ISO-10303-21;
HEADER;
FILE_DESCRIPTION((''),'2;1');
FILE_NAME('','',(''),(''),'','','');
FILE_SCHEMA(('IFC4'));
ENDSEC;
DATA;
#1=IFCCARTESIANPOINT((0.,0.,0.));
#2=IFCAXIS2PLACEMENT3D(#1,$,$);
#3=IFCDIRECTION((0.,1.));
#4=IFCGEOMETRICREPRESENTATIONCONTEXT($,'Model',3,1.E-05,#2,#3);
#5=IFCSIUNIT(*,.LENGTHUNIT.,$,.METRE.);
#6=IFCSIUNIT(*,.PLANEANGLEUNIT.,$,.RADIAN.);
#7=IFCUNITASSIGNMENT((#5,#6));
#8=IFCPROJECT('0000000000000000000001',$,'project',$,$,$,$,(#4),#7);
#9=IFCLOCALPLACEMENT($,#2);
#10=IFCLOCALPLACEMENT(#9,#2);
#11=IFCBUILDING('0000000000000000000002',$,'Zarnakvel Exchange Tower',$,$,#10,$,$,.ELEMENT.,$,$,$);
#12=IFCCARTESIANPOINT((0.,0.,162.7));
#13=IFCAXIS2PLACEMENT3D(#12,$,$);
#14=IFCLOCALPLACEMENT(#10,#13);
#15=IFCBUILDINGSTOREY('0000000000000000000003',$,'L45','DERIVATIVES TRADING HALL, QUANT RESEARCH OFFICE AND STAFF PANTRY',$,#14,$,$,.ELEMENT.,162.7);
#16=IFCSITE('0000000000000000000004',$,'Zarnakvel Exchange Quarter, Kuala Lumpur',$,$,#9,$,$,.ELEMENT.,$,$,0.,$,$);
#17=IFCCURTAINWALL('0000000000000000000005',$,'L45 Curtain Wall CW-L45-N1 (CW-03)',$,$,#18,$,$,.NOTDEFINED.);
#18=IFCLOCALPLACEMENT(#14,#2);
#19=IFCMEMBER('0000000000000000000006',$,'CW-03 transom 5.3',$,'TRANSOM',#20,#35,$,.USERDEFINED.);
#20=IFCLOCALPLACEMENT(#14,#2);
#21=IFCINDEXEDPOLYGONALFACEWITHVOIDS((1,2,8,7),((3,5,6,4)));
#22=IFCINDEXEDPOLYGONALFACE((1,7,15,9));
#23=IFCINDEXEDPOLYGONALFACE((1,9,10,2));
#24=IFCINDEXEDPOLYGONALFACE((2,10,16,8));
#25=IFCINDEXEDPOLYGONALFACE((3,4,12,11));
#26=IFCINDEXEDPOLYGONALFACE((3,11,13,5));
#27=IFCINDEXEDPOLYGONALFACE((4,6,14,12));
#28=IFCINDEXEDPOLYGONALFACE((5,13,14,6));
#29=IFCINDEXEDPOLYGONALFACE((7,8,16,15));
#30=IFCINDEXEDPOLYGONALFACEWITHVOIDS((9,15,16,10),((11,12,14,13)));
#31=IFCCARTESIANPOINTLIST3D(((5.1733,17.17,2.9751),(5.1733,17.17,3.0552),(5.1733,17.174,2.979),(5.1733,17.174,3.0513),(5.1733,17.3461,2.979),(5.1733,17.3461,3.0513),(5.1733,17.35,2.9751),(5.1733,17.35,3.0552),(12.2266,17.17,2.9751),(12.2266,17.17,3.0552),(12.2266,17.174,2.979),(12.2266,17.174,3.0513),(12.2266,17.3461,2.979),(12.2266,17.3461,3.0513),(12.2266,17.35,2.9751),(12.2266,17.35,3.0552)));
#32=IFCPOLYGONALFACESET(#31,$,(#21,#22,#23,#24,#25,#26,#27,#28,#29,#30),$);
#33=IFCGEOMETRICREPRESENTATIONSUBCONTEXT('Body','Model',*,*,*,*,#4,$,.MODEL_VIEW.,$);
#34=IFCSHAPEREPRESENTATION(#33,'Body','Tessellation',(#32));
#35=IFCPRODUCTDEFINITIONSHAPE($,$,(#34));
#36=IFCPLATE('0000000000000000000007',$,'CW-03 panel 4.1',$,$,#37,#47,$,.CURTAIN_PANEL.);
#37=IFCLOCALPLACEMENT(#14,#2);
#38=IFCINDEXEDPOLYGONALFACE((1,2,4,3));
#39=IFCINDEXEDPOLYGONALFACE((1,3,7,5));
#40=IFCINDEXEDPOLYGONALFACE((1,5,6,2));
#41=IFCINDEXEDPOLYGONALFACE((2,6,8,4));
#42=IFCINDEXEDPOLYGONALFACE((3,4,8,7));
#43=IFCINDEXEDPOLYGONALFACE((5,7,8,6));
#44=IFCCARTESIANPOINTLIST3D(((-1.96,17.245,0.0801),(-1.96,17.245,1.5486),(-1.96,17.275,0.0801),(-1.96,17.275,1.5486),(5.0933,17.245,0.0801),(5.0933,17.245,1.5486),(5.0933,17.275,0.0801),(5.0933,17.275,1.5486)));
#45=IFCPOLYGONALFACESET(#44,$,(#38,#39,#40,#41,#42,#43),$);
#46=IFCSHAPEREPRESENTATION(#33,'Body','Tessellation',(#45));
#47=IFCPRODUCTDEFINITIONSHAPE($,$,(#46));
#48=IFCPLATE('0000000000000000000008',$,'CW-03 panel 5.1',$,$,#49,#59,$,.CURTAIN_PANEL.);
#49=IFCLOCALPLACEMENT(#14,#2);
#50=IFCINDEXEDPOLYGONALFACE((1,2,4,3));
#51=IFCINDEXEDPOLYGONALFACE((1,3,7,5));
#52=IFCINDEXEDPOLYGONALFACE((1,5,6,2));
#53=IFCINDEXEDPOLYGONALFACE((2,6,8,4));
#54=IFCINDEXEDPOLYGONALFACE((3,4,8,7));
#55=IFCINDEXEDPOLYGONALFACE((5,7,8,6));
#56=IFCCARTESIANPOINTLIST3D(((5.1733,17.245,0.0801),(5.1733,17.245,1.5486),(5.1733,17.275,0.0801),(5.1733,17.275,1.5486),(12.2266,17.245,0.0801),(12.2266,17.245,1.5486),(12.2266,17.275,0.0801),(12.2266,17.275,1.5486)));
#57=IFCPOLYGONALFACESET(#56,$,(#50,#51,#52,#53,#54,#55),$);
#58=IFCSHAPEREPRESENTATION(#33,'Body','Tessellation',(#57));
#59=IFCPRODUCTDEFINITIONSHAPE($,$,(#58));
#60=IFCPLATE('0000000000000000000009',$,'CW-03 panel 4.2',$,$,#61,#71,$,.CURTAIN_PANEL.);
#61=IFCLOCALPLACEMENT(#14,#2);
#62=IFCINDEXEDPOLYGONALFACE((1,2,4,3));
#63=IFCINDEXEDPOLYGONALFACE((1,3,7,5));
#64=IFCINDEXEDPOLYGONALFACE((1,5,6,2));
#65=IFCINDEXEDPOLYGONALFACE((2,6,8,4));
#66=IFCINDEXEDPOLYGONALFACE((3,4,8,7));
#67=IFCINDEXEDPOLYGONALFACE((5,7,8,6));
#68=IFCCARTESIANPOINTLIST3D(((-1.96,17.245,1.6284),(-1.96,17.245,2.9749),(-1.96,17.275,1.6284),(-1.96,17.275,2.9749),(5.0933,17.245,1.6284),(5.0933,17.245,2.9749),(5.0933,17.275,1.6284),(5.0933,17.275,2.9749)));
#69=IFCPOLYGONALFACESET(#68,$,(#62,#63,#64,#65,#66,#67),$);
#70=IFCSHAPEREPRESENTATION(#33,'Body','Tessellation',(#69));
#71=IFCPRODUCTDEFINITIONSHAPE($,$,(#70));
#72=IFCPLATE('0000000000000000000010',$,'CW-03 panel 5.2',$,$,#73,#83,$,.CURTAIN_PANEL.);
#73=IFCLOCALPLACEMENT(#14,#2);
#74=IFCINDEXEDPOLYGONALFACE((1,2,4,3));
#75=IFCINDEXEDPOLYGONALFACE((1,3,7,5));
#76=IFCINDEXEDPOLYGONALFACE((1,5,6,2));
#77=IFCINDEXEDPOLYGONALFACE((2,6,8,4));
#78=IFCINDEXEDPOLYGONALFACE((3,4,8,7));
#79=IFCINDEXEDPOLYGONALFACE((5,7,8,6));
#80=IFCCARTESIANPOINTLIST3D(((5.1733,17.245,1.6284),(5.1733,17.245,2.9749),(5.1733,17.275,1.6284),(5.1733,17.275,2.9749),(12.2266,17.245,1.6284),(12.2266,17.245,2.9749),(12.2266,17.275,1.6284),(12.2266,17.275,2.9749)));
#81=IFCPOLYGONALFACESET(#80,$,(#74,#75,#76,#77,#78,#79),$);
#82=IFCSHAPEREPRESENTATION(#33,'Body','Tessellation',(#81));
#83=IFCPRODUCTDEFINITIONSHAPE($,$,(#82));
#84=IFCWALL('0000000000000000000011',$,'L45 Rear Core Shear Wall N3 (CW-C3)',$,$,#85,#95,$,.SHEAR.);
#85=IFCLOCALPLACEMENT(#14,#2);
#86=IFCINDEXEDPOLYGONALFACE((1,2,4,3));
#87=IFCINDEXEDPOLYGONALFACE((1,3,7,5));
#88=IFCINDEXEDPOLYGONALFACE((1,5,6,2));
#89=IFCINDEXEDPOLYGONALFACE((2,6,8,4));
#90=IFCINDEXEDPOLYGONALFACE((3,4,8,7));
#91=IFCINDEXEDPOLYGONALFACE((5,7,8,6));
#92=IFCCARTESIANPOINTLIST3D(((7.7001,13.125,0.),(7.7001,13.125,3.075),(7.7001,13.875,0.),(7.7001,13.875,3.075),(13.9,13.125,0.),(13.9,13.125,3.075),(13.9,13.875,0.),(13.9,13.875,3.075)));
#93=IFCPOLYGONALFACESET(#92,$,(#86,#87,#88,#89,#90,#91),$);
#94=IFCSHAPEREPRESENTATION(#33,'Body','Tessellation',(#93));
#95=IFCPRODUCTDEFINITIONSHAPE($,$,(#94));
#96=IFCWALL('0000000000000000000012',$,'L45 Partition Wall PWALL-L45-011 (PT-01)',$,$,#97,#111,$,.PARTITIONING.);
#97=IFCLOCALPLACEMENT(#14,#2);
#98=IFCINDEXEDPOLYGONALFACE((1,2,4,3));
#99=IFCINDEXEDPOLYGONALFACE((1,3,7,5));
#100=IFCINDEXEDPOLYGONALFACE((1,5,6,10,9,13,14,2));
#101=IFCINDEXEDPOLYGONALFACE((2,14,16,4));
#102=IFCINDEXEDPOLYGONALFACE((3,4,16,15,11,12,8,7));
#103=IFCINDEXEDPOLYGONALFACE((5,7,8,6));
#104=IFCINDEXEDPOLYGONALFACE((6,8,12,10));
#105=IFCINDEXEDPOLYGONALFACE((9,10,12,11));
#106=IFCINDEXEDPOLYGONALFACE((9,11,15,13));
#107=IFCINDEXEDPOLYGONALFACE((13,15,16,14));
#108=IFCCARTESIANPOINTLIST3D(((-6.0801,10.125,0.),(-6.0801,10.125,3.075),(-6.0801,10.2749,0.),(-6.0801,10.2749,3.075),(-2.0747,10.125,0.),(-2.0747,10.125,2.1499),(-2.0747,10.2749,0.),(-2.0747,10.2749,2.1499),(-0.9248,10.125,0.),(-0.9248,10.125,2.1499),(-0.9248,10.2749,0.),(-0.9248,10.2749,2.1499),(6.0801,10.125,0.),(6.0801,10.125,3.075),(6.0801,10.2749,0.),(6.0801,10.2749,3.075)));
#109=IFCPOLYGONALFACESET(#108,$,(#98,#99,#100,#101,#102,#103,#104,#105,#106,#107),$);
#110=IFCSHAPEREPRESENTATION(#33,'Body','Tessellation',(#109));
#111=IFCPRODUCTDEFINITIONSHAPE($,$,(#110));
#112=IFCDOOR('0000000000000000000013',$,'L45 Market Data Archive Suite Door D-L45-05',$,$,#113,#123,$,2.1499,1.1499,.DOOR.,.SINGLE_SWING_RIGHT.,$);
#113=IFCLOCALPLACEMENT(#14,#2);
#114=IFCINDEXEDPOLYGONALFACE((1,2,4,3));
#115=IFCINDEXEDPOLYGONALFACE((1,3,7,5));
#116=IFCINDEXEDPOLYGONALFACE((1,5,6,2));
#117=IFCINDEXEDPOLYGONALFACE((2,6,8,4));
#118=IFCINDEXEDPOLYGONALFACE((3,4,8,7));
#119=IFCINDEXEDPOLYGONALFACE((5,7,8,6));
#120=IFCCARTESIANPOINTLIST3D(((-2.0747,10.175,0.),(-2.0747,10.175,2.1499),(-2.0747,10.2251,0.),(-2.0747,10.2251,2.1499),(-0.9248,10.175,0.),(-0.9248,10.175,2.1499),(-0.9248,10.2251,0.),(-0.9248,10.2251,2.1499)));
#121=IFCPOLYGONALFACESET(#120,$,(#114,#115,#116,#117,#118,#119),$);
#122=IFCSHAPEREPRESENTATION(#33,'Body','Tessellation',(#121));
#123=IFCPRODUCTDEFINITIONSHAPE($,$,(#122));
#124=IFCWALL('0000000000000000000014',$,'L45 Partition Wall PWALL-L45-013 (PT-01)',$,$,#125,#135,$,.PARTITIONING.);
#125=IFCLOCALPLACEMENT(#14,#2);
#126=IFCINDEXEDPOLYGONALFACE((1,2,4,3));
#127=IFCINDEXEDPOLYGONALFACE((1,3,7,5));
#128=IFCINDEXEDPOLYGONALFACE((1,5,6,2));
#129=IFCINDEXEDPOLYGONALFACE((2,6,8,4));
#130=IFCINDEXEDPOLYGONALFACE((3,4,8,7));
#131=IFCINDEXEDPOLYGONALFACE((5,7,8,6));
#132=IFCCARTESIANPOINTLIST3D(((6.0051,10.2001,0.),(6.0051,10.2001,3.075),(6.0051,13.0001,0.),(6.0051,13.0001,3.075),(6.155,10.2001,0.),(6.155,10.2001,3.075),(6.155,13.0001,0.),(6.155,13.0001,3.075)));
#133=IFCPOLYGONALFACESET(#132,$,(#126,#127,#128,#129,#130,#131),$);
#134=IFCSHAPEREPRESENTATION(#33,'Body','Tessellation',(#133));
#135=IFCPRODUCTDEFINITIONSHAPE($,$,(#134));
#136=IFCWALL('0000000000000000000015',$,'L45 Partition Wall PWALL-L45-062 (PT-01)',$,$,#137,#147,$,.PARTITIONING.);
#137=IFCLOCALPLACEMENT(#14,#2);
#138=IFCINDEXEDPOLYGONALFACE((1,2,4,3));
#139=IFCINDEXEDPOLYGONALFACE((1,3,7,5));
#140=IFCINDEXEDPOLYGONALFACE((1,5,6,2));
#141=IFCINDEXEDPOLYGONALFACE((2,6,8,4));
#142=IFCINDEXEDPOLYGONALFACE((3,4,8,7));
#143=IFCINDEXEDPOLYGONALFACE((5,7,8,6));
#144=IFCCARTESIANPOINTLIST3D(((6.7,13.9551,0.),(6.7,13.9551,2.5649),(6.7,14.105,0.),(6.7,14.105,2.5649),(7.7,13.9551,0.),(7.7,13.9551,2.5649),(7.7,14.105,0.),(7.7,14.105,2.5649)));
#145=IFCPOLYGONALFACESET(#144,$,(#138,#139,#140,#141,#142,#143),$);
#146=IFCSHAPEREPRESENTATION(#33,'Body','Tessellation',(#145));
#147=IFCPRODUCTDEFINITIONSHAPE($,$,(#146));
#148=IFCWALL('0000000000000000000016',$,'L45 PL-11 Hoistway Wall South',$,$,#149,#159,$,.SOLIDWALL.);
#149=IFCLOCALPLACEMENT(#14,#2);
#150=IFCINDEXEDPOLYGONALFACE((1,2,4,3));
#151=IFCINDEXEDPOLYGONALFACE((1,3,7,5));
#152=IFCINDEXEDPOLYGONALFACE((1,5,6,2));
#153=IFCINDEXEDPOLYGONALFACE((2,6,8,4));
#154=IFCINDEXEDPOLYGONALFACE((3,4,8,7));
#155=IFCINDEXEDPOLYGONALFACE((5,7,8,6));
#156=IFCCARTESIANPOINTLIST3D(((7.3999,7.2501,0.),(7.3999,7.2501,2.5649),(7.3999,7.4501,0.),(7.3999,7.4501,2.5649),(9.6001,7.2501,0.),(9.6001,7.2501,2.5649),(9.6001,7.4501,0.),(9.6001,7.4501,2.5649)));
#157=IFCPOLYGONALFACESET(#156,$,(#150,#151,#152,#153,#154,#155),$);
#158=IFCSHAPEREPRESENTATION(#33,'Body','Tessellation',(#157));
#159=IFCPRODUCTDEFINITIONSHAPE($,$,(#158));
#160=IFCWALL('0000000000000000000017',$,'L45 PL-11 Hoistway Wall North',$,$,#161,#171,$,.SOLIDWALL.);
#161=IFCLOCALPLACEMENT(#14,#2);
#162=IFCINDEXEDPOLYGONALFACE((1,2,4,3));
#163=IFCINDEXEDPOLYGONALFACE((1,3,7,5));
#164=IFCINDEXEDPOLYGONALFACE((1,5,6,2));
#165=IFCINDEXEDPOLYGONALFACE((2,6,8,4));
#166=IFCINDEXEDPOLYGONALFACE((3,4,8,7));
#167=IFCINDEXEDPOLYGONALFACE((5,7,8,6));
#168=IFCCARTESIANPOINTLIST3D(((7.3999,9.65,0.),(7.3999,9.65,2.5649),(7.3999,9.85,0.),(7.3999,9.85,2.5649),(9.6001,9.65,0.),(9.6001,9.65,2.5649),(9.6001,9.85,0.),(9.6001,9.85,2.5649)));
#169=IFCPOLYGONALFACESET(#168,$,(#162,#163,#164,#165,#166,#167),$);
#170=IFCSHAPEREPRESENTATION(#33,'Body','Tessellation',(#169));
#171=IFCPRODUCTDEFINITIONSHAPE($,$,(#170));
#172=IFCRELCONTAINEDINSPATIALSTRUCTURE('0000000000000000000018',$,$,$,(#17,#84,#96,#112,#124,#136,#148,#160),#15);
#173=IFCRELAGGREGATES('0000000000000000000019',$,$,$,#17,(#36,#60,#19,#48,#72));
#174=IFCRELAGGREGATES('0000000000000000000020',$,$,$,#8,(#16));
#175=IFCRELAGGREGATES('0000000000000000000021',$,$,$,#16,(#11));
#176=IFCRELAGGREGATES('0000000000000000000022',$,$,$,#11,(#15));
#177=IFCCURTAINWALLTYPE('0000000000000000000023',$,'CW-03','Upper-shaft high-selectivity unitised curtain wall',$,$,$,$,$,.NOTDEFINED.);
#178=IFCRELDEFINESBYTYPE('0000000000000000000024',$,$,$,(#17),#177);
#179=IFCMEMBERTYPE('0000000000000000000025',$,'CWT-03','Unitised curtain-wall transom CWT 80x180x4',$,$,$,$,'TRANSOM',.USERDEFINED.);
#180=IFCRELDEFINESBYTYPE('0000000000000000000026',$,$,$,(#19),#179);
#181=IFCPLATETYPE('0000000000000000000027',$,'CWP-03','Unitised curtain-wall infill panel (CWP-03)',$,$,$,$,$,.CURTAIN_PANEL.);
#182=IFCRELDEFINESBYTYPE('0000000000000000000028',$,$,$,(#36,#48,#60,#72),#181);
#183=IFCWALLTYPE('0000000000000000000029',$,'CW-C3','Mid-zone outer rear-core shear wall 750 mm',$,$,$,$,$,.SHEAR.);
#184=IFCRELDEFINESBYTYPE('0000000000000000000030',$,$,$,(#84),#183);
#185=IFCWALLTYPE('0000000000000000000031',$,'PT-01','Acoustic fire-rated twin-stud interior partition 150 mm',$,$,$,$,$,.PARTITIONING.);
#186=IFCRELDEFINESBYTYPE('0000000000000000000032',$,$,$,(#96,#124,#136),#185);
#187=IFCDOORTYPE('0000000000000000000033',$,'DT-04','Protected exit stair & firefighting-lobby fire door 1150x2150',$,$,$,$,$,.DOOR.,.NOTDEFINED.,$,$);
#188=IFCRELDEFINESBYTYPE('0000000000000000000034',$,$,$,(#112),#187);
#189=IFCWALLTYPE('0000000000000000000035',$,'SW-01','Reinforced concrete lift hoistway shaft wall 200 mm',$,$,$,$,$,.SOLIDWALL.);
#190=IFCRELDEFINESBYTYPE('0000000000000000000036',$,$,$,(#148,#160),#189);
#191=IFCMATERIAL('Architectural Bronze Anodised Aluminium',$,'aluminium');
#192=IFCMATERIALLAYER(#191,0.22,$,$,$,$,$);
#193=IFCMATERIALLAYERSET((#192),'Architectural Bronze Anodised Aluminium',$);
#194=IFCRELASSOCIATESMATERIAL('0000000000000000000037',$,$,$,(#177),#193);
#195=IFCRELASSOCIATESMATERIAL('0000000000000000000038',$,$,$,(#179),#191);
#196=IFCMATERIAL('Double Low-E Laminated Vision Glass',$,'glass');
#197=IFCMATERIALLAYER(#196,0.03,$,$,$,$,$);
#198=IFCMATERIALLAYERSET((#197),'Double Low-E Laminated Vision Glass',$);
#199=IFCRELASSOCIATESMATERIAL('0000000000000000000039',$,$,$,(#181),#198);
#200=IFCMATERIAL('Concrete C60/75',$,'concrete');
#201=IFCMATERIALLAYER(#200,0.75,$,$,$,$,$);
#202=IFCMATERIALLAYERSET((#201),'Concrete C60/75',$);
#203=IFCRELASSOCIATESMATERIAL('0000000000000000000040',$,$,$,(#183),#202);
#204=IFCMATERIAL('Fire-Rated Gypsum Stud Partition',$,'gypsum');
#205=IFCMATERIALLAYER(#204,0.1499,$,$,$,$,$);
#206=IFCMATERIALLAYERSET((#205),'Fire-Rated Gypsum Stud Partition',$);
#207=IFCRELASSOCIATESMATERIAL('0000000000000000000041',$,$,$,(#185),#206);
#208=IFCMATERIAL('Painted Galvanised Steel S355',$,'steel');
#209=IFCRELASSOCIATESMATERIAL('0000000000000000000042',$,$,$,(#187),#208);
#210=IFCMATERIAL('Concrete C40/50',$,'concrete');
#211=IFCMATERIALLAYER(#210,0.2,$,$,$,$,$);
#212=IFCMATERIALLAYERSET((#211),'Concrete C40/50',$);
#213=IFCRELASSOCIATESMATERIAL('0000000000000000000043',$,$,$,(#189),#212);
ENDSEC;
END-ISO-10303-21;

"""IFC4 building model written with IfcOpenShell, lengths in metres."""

from ifc_helpers import new_model, si_unit, direction, frame, frame_2d, origin, origin_2d, place, context, subcontext, project, spatial, rectangle, hollow_rectangle, extrude, source, transform, mapped, material, layer, layer_set, material_profile, profile_set, type_object, element, fill, aggregate, save


model = new_model("IFC4")

# Units and contexts
model_context = context("Model", 3, precision=1e-05, world=origin(), true_north=direction((0.0, 1.0)))
body_context = subcontext(model_context, "Body", "Model", "MODEL_VIEW")
ifc_project = project(units=[si_unit("LENGTHUNIT", "METRE"), si_unit("PLANEANGLEUNIT", "RADIAN")], contexts=[model_context])

# Site, building, storey
site_placement = place(None, origin())
site = spatial("IfcSite", under=ifc_project, at=site_placement, Name="Zarnakvel Exchange Quarter, Kuala Lumpur", CompositionType="ELEMENT", RefElevation=0.0)
building_placement = place(site_placement, origin())
building = spatial("IfcBuilding", under=site, at=building_placement, Name="Zarnakvel Exchange Tower", CompositionType="ELEMENT")
storey_placement = place(building_placement, frame((0.0, 0.0, 162.7)))
storey = spatial("IfcBuildingStorey", under=building, at=storey_placement, Name="L45", Description="DERIVATIVES TRADING HALL, QUANT RESEARCH OFFICE AND STAFF PANTRY", CompositionType="ELEMENT", Elevation=162.7)

# Shared definitions
ifc_material_1 = material(Name="Concrete C60/75", Category="concrete")

# Curtain wall, member, plates
ifc_material_2 = material(Name="Architectural Bronze Anodised Aluminium", Category="aluminium")
ifc_layer_1 = layer(ifc_material_2, 0.22)
ifc_layer_set_1 = layer_set([ifc_layer_1], Name="Architectural Bronze Anodised Aluminium")
curtain_wall_type = type_object("IfcCurtainWallType", Name="CW-03", Description="Upper-shaft high-selectivity unitised curtain wall", PredefinedType="NOTDEFINED", material=ifc_layer_set_1)
curtain_wall_placement = place(storey_placement, origin())
curtain_wall = element("IfcCurtainWall", 1, at=curtain_wall_placement, inside=storey, type_object=curtain_wall_type, Name="L45 Curtain Wall CW-L45-N1 (CW-03)", PredefinedType="NOTDEFINED")
ifc_material_profile_1 = material_profile(ifc_material_2, hollow_rectangle(XDim=0.1799, YDim=0.0801, WallThickness=0.0039, at=origin_2d()))
ifc_profile_set_1 = profile_set([ifc_material_profile_1], Name="Architectural Bronze Anodised Aluminium")
member_type_1 = type_object("IfcMemberType", Name="CWT-03", Description="Unitised curtain-wall transom CWT 80x180x4", ElementType="TRANSOM", PredefinedType="USERDEFINED", material=ifc_profile_set_1)
shared_shape_1 = source(origin(), body_context, "Body", "SweptSolid", [
    extrude(hollow_rectangle(XDim=0.1799, YDim=0.0801, WallThickness=0.0039, at=origin_2d()), origin(), (0.0, 0.0, 1.0), 7.0532),
])
member_1_placement = place(storey_placement, frame((5.1733, 17.26, 3.0151), z_axis=(1.0, 0.0, 0.0), x_axis=(0.0, 1.0, 0.0)))
member_1 = element("IfcMember", 2, at=member_1_placement, type_object=member_type_1, Name="CW-03 transom 5.3", ObjectType="TRANSOM", PredefinedType="USERDEFINED", context=body_context, shape_type="MappedRepresentation", body=[
    mapped(shared_shape_1, transform((0.0, 0.0, 0.0), x_axis=(1.0, 0.0, 0.0), y_axis=(0.0, 1.0, 0.0), z_axis=(0.0, 0.0, 1.0), scale=1.0)),
])
ifc_material_3 = material(Name="Double Low-E Laminated Vision Glass", Category="glass")
ifc_layer_2 = layer(ifc_material_3, 0.03)
ifc_layer_set_2 = layer_set([ifc_layer_2], Name="Double Low-E Laminated Vision Glass")
plate_type = type_object("IfcPlateType", Name="CWP-03", Description="Unitised curtain-wall infill panel (CWP-03)", PredefinedType="CURTAIN_PANEL", material=ifc_layer_set_2)
shared_shape_2 = source(origin(), body_context, "Body", "SweptSolid", [
    extrude(rectangle(XDim=7.0532, YDim=0.03, at=origin_2d()), origin(), (0.0, 0.0, 1.0), 1.4685),
])
plate_1_placement = place(storey_placement, frame((1.5667, 17.26, 0.0801), z_axis=(0.0, 0.0, 1.0), x_axis=(1.0, 0.0, 0.0)))
plate_1 = element("IfcPlate", 3, at=plate_1_placement, type_object=plate_type, Name="CW-03 panel 4.1", PredefinedType="CURTAIN_PANEL", context=body_context, shape_type="MappedRepresentation", body=[
    mapped(shared_shape_2, transform((0.0, 0.0, 0.0), x_axis=(1.0, 0.0, 0.0), y_axis=(0.0, 1.0, 0.0), z_axis=(0.0, 0.0, 1.0), scale=1.0)),
])
plate_2_placement = place(storey_placement, frame((8.7, 17.26, 0.0801), z_axis=(0.0, 0.0, 1.0), x_axis=(1.0, 0.0, 0.0)))
plate_2 = element("IfcPlate", 4, at=plate_2_placement, type_object=plate_type, Name="CW-03 panel 5.1", PredefinedType="CURTAIN_PANEL", context=body_context, shape_type="MappedRepresentation", body=[
    mapped(shared_shape_2, transform((0.0, 0.0, 0.0), x_axis=(1.0, 0.0, 0.0), y_axis=(0.0, 1.0, 0.0), z_axis=(0.0, 0.0, 1.0), scale=1.0)),
])
shared_shape_3 = source(origin(), body_context, "Body", "SweptSolid", [
    extrude(rectangle(XDim=7.0532, YDim=0.03, at=origin_2d()), origin(), (0.0, 0.0, 1.0), 1.3464),
])
plate_3_placement = place(storey_placement, frame((1.5667, 17.26, 1.6284), z_axis=(0.0, 0.0, 1.0), x_axis=(1.0, 0.0, 0.0)))
plate_3 = element("IfcPlate", 5, at=plate_3_placement, type_object=plate_type, Name="CW-03 panel 4.2", PredefinedType="CURTAIN_PANEL", context=body_context, shape_type="MappedRepresentation", body=[
    mapped(shared_shape_3, transform((0.0, 0.0, 0.0), x_axis=(1.0, 0.0, 0.0), y_axis=(0.0, 1.0, 0.0), z_axis=(0.0, 0.0, 1.0), scale=1.0)),
])
plate_4_placement = place(storey_placement, frame((8.7, 17.26, 1.6284), z_axis=(0.0, 0.0, 1.0), x_axis=(1.0, 0.0, 0.0)))
plate_4 = element("IfcPlate", 6, at=plate_4_placement, type_object=plate_type, Name="CW-03 panel 5.2", PredefinedType="CURTAIN_PANEL", context=body_context, shape_type="MappedRepresentation", body=[
    mapped(shared_shape_3, transform((0.0, 0.0, 0.0), x_axis=(1.0, 0.0, 0.0), y_axis=(0.0, 1.0, 0.0), z_axis=(0.0, 0.0, 1.0), scale=1.0)),
])
aggregate(curtain_wall, [plate_1, plate_3, member_1, plate_2, plate_4])

# Wall
ifc_layer_3 = layer(ifc_material_1, 0.75)
ifc_layer_set_3 = layer_set([ifc_layer_3], Name="Concrete C60/75")
wall_type_1 = type_object("IfcWallType", Name="CW-C3", Description="Mid-zone outer rear-core shear wall 750 mm", PredefinedType="SHEAR", material=ifc_layer_set_3)
wall_1_placement = place(storey_placement, frame((7.7, 13.5, 0.0), z_axis=(0.0, 0.0, 1.0), x_axis=(1.0, 0.0, 0.0)))
element("IfcWall", 7, at=wall_1_placement, inside=storey, type_object=wall_type_1, Name="L45 Rear Core Shear Wall N3 (CW-C3)", PredefinedType="SHEAR", context=body_context, shape_type="SweptSolid", body=[
    extrude(rectangle(XDim=6.2, YDim=0.75, at=frame_2d((3.1001, 0.0))), origin(), (0.0, 0.0, 1.0), 3.075),
])

# Wall, opening, door
ifc_material_4 = material(Name="Fire-Rated Gypsum Stud Partition", Category="gypsum")
ifc_layer_4 = layer(ifc_material_4, 0.1499)
ifc_layer_set_4 = layer_set([ifc_layer_4], Name="Fire-Rated Gypsum Stud Partition")
wall_type_2 = type_object("IfcWallType", Name="PT-01", Description="Acoustic fire-rated twin-stud interior partition 150 mm", PredefinedType="PARTITIONING", material=ifc_layer_set_4)
wall_2_placement = place(storey_placement, frame((6.0801, 10.2, 0.0), z_axis=(0.0, 0.0, 1.0), x_axis=(-1.0, 0.0, 0.0)))
wall_2 = element("IfcWall", 8, at=wall_2_placement, inside=storey, type_object=wall_type_2, Name="L45 Partition Wall PWALL-L45-011 (PT-01)", PredefinedType="PARTITIONING", context=body_context, shape_type="SweptSolid", body=[
    extrude(rectangle(XDim=12.1602, YDim=0.1499, at=frame_2d((6.0801, 0.0))), origin(), (0.0, 0.0, 1.0), 3.075),
])
opening_placement = place(wall_2_placement, frame((7.0049, 0.0, 0.0)))
opening = element("IfcOpeningElement", 9, at=opening_placement, cuts=wall_2, PredefinedType="OPENING", context=body_context, shape_type="SweptSolid", body=[
    extrude(rectangle(XDim=1.1499, YDim=2.1499, at=frame_2d((0.575, 1.075))), frame((0.0, 0.085, 0.0), z_axis=(0.0, -1.0, 0.0), x_axis=(1.0, 0.0, 0.0)), (0.0, 0.0, 1.0), 0.1699),
])
ifc_material_5 = material(Name="Painted Galvanised Steel S355", Category="steel")
door_type = type_object("IfcDoorType", Name="DT-04", Description="Protected exit stair & firefighting-lobby fire door 1150x2150", OperationType="NOTDEFINED", PredefinedType="DOOR", material=ifc_material_5)
shared_shape_4 = source(origin(), body_context, "Body", "SweptSolid", [
    extrude(rectangle(XDim=1.1499, YDim=2.1499, at=frame_2d((0.575, 1.075))), frame((0.0, 0.0249, 0.0), z_axis=(0.0, -1.0, 0.0), x_axis=(1.0, 0.0, 0.0)), (0.0, 0.0, 1.0), 0.05),
])
door_placement = place(opening_placement, origin())
door = element("IfcDoor", 10, at=door_placement, inside=storey, type_object=door_type, Name="L45 Market Data Archive Suite Door D-L45-05", OperationType="SINGLE_SWING_RIGHT", OverallHeight=2.1499, OverallWidth=1.1499, PredefinedType="DOOR", context=body_context, shape_type="MappedRepresentation", body=[
    mapped(shared_shape_4, transform((0.0, 0.0, 0.0), x_axis=(1.0, 0.0, 0.0), y_axis=(0.0, 1.0, 0.0), z_axis=(0.0, 0.0, 1.0), scale=1.0)),
])
fill(opening, door)

# Walls
wall_3_placement = place(storey_placement, frame((6.0801, 13.0, 0.0), z_axis=(0.0, 0.0, 1.0), x_axis=(0.0, -1.0, 0.0)))
element("IfcWall", 11, at=wall_3_placement, inside=storey, type_object=wall_type_2, Name="L45 Partition Wall PWALL-L45-013 (PT-01)", PredefinedType="PARTITIONING", context=body_context, shape_type="SweptSolid", body=[
    extrude(rectangle(XDim=2.8, YDim=0.1499, at=frame_2d((1.3999, 0.0))), origin(), (0.0, 0.0, 1.0), 3.075),
])
wall_4_placement = place(storey_placement, frame((7.7, 14.03, 0.0), z_axis=(0.0, 0.0, 1.0), x_axis=(-1.0, 0.0, 0.0)))
element("IfcWall", 12, at=wall_4_placement, inside=storey, type_object=wall_type_2, Name="L45 Partition Wall PWALL-L45-062 (PT-01)", PredefinedType="PARTITIONING", context=body_context, shape_type="SweptSolid", body=[
    extrude(rectangle(XDim=1.0, YDim=0.1499, at=frame_2d((0.5, 0.0))), origin(), (0.0, 0.0, 1.0), 2.5649),
])
ifc_material_6 = material(Name="Concrete C40/50", Category="concrete")
ifc_layer_5 = layer(ifc_material_6, 0.2)
ifc_layer_set_5 = layer_set([ifc_layer_5], Name="Concrete C40/50")
wall_type_3 = type_object("IfcWallType", Name="SW-01", Description="Reinforced concrete lift hoistway shaft wall 200 mm", PredefinedType="SOLIDWALL", material=ifc_layer_set_5)
for number, where, z_axis, x_axis, name in (
    (13, (9.6001, 7.3501, 0.0), (0.0, 0.0, 1.0), (-1.0, 0.0, 0.0), "L45 PL-11 Hoistway Wall South"),
    (14, (7.3999, 9.75, 0.0), (0.0, 0.0, 1.0), (1.0, 0.0, 0.0), "L45 PL-11 Hoistway Wall North"),
):
    element("IfcWall", number, at=place(storey_placement, frame(where, z_axis=z_axis, x_axis=x_axis)), inside=storey, type_object=wall_type_3, Name=name, PredefinedType="SOLIDWALL", context=body_context, shape_type="SweptSolid", body=[
        extrude(rectangle(XDim=2.2002, YDim=0.2, at=frame_2d((1.1001, 0.0))), origin(), (0.0, 0.0, 1.0), 2.5649),
    ])

save(model, "model.ifc")
